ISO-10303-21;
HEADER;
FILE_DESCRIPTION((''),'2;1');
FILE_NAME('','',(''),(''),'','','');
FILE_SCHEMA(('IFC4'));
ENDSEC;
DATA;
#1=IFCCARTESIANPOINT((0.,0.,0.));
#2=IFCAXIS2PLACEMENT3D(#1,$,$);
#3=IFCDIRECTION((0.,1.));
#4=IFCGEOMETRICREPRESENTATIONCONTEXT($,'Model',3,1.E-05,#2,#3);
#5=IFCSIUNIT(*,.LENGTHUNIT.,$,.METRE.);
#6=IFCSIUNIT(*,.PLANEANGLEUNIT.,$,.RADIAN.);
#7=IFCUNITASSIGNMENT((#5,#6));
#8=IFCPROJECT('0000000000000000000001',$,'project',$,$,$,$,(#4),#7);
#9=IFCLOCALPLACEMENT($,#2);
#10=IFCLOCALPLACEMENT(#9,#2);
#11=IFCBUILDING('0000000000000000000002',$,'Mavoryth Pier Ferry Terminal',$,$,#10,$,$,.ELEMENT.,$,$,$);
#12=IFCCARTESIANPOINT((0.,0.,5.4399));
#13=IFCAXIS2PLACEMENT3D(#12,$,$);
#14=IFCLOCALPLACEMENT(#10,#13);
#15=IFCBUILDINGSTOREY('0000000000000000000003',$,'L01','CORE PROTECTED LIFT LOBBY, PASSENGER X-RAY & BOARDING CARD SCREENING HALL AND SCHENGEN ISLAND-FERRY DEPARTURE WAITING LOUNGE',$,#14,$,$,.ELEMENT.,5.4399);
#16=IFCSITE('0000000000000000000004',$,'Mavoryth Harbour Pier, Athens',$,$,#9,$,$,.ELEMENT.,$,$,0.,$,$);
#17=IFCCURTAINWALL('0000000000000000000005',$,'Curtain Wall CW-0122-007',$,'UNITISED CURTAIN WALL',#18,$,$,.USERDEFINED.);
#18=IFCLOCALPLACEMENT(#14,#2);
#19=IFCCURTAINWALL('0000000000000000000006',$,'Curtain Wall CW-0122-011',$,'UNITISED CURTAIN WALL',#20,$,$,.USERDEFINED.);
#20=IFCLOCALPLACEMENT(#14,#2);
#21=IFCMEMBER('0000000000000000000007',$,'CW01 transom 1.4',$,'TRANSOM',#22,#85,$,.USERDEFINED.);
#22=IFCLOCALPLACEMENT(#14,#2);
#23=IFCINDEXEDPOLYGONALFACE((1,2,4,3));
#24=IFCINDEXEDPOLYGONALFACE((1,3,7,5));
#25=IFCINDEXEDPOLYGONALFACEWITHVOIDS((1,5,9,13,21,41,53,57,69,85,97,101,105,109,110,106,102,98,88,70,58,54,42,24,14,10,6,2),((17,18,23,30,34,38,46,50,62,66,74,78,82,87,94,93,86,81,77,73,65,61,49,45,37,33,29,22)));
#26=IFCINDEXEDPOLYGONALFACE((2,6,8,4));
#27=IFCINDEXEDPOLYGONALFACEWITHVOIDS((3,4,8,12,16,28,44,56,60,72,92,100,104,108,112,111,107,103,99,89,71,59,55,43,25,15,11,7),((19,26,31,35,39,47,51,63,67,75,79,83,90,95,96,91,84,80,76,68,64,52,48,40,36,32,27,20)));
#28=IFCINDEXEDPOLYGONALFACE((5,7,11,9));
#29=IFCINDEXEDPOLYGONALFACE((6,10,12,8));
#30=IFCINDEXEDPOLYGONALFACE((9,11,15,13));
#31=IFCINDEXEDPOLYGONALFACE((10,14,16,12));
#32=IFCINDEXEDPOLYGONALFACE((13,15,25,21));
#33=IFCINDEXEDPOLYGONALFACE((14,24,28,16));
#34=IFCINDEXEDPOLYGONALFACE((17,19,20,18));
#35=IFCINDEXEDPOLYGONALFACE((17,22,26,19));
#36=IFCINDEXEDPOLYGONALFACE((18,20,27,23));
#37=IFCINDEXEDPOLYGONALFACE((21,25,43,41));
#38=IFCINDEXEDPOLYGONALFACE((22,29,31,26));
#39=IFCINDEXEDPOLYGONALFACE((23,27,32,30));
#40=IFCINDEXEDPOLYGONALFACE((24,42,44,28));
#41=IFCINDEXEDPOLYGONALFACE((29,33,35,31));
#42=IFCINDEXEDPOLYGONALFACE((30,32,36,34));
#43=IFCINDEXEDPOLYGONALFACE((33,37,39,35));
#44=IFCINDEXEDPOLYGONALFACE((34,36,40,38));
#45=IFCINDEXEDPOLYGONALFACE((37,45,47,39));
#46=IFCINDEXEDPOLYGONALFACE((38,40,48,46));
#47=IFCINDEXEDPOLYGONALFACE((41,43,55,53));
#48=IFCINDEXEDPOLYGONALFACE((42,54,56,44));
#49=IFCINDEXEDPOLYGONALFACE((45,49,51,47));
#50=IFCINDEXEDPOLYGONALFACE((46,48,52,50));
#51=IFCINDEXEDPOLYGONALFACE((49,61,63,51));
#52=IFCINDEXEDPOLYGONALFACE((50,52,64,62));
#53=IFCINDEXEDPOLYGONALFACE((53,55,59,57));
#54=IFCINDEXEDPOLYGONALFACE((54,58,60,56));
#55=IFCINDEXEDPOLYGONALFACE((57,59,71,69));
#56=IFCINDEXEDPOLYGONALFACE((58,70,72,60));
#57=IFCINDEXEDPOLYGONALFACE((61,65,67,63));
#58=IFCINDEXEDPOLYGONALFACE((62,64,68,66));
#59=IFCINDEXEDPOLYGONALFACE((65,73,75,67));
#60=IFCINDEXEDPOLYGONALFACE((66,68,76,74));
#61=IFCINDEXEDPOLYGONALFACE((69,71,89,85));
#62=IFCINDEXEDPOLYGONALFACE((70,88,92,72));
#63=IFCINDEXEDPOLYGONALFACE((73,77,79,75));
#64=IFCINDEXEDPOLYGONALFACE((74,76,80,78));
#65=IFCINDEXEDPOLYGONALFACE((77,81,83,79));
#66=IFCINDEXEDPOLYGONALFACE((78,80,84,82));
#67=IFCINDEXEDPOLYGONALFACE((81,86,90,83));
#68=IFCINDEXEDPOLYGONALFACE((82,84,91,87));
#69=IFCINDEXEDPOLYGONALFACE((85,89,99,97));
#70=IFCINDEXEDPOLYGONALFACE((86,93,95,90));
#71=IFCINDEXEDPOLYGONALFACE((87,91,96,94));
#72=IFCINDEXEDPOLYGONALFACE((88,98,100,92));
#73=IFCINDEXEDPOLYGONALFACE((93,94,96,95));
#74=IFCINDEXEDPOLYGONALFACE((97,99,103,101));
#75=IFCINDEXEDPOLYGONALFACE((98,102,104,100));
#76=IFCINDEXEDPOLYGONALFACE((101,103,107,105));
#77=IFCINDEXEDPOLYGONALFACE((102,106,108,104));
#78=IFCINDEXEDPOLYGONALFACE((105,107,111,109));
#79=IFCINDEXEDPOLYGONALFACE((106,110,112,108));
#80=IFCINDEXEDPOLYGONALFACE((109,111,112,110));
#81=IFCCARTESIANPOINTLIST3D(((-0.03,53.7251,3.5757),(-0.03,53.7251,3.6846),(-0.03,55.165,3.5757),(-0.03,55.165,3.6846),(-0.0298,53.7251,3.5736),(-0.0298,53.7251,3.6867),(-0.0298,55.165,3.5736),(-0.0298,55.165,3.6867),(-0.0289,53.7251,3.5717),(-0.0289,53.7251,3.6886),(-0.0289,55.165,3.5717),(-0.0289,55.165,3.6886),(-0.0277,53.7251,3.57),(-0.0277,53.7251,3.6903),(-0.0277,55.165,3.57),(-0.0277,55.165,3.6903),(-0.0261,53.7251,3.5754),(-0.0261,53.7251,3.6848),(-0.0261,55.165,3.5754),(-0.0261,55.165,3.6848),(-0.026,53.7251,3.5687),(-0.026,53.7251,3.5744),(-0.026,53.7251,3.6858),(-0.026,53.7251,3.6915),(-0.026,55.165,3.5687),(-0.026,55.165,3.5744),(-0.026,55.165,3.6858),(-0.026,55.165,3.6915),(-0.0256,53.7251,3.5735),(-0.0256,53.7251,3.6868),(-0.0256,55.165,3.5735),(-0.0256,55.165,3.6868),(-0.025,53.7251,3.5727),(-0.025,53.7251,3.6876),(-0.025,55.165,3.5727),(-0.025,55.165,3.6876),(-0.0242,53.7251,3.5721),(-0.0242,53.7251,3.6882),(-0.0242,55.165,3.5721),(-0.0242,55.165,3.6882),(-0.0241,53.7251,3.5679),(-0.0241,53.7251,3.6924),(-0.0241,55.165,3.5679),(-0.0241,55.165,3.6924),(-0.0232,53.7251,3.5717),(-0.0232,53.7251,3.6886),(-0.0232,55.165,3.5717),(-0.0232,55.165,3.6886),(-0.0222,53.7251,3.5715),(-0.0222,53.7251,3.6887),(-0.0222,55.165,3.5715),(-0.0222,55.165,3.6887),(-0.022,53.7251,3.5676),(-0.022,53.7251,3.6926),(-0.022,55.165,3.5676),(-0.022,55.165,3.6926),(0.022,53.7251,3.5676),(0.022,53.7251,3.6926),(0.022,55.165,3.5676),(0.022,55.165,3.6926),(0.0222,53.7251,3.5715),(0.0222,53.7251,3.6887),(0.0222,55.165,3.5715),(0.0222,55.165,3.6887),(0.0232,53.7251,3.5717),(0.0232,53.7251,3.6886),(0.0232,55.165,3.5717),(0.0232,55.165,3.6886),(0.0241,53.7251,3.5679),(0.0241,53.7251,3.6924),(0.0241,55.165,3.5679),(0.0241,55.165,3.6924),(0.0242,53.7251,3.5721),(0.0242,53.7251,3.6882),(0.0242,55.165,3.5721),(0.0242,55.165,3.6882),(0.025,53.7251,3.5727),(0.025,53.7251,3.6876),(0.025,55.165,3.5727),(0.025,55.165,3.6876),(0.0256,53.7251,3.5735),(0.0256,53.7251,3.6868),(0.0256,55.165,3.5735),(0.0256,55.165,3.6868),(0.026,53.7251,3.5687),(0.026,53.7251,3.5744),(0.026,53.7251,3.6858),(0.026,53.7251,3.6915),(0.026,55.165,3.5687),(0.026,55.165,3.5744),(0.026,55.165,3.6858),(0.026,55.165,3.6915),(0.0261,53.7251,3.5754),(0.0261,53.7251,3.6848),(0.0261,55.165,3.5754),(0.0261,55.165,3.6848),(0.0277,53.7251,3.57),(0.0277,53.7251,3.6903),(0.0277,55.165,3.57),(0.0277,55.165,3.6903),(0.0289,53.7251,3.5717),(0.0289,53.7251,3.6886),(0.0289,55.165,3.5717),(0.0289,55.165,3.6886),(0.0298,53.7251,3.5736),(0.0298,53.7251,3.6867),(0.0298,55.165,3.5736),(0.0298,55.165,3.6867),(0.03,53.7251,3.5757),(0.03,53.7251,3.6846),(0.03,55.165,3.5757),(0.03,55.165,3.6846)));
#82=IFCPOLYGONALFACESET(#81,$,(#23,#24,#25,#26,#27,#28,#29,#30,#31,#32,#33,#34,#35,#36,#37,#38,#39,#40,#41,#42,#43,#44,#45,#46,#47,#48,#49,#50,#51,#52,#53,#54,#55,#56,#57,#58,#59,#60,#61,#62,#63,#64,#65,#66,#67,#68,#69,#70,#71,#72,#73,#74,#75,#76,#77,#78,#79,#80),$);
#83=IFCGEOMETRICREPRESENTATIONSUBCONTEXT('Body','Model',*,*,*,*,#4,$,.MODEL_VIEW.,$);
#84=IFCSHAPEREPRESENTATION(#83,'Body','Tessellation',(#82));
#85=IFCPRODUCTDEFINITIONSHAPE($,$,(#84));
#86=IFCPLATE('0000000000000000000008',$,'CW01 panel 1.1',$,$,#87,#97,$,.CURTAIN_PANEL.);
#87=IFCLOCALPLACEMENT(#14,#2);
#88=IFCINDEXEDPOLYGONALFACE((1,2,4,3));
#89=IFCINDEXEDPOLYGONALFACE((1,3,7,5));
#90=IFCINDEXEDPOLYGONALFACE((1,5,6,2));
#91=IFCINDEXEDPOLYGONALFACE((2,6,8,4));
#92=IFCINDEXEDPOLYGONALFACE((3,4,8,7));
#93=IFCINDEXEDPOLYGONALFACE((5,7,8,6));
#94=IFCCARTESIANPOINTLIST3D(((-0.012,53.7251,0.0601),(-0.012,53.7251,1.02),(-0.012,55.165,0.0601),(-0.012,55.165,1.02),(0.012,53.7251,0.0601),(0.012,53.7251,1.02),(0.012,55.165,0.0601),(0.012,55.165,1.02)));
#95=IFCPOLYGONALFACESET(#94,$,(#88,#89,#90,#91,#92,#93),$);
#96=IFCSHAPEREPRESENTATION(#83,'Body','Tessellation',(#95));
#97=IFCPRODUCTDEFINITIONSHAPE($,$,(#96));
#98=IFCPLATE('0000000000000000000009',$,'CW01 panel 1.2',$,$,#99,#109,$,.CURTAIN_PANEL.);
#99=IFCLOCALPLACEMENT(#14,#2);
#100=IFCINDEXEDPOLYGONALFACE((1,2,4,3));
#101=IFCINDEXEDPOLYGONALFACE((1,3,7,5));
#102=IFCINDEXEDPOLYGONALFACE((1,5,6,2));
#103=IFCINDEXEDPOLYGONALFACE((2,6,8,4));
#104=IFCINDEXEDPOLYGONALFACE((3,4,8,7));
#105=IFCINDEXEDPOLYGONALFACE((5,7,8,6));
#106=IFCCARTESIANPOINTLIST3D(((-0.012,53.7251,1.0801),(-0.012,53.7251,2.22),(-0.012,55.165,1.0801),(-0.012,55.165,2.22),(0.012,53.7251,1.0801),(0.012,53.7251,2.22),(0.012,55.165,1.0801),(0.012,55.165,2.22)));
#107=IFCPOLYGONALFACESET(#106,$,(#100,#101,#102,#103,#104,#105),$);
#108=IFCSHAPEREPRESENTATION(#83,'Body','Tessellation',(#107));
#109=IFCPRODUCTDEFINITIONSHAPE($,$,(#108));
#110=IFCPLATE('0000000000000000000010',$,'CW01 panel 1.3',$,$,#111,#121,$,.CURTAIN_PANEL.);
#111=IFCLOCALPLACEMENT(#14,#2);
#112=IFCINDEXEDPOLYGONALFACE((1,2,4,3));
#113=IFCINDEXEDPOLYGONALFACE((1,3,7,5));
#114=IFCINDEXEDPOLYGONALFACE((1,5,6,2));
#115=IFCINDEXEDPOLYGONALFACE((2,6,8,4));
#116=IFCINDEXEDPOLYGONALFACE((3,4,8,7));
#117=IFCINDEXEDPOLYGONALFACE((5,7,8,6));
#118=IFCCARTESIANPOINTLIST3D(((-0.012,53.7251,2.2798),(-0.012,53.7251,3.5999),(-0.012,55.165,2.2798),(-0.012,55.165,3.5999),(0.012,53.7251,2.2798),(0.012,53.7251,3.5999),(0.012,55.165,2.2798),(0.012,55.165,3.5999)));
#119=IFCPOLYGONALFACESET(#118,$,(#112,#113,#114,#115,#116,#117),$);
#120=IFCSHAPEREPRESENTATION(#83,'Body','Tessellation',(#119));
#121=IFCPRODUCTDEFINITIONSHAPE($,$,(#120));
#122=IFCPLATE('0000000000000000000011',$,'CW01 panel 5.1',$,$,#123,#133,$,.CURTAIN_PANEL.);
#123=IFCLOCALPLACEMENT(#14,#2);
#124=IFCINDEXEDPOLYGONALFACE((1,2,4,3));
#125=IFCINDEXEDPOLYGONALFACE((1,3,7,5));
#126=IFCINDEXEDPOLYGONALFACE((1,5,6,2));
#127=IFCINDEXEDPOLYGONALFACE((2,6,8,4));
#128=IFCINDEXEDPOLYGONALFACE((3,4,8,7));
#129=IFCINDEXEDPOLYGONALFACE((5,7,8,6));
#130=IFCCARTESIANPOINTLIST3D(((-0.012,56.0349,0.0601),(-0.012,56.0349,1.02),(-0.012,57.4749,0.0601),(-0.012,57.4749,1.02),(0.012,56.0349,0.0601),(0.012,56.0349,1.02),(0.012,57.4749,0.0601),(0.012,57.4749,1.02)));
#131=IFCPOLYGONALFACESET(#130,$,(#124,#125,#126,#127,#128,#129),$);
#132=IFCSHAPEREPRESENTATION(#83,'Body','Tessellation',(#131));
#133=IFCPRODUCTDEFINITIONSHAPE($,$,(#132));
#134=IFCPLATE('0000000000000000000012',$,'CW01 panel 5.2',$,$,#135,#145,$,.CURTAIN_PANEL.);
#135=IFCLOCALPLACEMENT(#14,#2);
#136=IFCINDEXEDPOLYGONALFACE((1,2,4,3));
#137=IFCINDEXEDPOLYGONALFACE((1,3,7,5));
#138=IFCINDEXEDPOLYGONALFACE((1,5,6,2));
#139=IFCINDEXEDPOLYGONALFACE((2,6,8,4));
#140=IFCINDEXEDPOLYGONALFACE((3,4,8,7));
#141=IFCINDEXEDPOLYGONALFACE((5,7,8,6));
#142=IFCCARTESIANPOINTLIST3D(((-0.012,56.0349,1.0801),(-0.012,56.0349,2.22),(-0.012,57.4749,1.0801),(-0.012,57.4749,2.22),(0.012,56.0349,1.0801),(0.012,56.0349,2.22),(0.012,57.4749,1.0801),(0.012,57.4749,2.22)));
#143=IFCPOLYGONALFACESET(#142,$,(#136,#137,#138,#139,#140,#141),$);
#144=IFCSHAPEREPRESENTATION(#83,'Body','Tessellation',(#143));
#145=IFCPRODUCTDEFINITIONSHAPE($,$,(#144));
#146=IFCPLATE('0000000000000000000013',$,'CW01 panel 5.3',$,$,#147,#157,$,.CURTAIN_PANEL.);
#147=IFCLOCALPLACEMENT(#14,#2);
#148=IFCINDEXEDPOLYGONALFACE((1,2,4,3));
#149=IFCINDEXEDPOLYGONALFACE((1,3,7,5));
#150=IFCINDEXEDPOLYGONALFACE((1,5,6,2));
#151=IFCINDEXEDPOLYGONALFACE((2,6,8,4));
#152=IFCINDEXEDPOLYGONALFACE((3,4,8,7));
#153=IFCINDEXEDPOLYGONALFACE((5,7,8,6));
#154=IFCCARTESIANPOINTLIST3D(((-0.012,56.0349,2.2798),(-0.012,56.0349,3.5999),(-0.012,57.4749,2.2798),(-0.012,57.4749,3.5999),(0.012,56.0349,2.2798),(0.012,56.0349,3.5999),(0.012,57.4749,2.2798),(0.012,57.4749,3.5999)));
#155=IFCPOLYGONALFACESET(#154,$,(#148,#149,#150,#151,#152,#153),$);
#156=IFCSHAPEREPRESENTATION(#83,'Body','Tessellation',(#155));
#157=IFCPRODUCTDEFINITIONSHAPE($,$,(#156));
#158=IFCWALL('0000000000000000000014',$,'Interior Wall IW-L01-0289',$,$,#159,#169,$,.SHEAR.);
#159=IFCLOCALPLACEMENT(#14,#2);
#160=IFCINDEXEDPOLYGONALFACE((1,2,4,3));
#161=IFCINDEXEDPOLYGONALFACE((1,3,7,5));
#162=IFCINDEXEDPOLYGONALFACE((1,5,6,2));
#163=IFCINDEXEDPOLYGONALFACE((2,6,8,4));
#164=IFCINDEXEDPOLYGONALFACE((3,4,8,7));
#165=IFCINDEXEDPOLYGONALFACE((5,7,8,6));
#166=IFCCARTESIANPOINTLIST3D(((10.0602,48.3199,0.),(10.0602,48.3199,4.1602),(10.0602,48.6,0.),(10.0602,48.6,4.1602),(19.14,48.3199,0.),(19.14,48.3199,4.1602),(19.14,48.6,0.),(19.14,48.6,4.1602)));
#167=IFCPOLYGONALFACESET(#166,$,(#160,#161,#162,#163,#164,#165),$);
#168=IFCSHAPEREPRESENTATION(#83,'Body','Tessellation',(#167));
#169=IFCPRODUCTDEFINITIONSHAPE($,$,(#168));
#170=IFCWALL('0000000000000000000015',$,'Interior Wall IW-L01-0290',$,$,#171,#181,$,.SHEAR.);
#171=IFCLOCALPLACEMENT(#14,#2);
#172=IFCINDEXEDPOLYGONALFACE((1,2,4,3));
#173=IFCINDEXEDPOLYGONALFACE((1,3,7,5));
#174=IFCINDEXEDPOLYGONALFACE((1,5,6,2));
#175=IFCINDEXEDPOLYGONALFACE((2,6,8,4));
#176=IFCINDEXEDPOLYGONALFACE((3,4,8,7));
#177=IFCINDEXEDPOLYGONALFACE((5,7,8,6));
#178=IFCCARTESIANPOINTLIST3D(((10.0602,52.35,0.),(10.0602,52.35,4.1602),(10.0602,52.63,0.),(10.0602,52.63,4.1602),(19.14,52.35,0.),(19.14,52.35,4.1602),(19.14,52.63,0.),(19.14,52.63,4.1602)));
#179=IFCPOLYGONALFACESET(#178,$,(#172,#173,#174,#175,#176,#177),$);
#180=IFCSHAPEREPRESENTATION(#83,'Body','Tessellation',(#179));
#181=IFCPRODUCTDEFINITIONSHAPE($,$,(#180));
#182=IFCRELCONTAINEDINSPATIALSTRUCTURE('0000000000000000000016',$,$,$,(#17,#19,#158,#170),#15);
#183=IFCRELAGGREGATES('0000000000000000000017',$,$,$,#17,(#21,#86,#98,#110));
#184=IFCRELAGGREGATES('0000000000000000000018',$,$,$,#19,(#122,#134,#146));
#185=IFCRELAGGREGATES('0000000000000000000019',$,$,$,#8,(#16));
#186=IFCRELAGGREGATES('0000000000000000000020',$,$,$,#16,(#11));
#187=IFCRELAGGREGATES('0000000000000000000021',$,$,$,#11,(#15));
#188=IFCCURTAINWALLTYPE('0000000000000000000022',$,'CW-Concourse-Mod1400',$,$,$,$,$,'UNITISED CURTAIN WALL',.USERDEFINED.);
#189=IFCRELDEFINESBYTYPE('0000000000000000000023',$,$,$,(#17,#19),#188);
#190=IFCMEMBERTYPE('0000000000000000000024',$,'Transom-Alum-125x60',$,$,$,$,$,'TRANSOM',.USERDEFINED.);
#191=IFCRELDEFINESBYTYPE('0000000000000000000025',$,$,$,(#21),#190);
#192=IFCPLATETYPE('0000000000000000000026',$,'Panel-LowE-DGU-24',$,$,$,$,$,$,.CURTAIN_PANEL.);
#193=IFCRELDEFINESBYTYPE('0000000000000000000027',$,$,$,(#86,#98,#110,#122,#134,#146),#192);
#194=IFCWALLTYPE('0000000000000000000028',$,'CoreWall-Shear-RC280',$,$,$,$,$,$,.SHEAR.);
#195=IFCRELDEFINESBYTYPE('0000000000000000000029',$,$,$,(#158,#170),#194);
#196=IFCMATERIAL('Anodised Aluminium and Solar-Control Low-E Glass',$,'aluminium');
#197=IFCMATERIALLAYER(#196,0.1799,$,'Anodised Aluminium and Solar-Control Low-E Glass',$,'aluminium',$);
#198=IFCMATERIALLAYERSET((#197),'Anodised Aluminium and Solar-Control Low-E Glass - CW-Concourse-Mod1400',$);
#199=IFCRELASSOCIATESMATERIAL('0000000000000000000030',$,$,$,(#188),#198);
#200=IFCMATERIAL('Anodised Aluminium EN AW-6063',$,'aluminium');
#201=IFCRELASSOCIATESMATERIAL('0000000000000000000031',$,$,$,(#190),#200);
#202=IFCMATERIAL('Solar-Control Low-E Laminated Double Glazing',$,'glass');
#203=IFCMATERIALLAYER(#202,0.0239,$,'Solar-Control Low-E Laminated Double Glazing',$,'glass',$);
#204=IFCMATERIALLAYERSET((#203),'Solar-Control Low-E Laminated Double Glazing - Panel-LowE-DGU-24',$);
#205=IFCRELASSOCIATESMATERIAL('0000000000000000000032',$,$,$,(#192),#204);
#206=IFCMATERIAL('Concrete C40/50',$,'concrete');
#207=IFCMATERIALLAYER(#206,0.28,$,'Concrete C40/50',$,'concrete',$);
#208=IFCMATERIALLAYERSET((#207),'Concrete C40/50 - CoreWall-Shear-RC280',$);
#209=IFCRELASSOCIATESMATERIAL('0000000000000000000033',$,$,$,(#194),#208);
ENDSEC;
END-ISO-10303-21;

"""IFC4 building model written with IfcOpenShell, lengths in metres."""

from ifc_helpers import new_model, si_unit, direction, frame, frame_2d, origin, origin_2d, place, context, subcontext, project, spatial, rectangle, hollow_rectangle, extrude, material, layer, layer_set, material_profile, profile_set, type_object, element, aggregate, save


model = new_model("IFC4")

# Units and contexts
model_context = context("Model", 3, precision=1e-05, world=origin(), true_north=direction((0.0, 1.0)))
body_context = subcontext(model_context, "Body", "Model", "MODEL_VIEW")
ifc_project = project(units=[si_unit("LENGTHUNIT", "METRE"), si_unit("PLANEANGLEUNIT", "RADIAN")], contexts=[model_context])

# Site, building, storey
site_placement = place(None, origin())
site = spatial("IfcSite", under=ifc_project, at=site_placement, Name="Mavoryth Harbour Pier, Athens", CompositionType="ELEMENT", RefElevation=0.0)
building_placement = place(site_placement, origin())
building = spatial("IfcBuilding", under=site, at=building_placement, Name="Mavoryth Pier Ferry Terminal", CompositionType="ELEMENT")
storey_placement = place(building_placement, frame((0.0, 0.0, 5.4399)))
storey = spatial("IfcBuildingStorey", under=building, at=storey_placement, Name="L01", Description="CORE PROTECTED LIFT LOBBY, PASSENGER X-RAY & BOARDING CARD SCREENING HALL AND SCHENGEN ISLAND-FERRY DEPARTURE WAITING LOUNGE", CompositionType="ELEMENT", Elevation=5.4399)

# Shared definitions
ifc_material_1 = material(Name="Concrete C40/50", Category="concrete")

# Curtain walls
ifc_material_2 = material(Name="Anodised Aluminium and Solar-Control Low-E Glass", Category="aluminium")
ifc_layer_1 = layer(ifc_material_2, 0.1799, Name="Anodised Aluminium and Solar-Control Low-E Glass", Category="aluminium")
ifc_layer_set_1 = layer_set([ifc_layer_1], Name="Anodised Aluminium and Solar-Control Low-E Glass - CW-Concourse-Mod1400")
curtain_wall_type = type_object("IfcCurtainWallType", Name="CW-Concourse-Mod1400", ElementType="UNITISED CURTAIN WALL", PredefinedType="USERDEFINED", material=ifc_layer_set_1)
curtain_wall_1_placement = place(storey_placement, origin())
curtain_wall_1 = element("IfcCurtainWall", 1, at=curtain_wall_1_placement, inside=storey, type_object=curtain_wall_type, Name="Curtain Wall CW-0122-007", ObjectType="UNITISED CURTAIN WALL", PredefinedType="USERDEFINED")
ifc_material_3 = material(Name="Anodised Aluminium EN AW-6063", Category="aluminium")
curtain_wall_2_placement = place(storey_placement, origin())
curtain_wall_2 = element("IfcCurtainWall", 2, at=curtain_wall_2_placement, inside=storey, type_object=curtain_wall_type, Name="Curtain Wall CW-0122-011", ObjectType="UNITISED CURTAIN WALL", PredefinedType="USERDEFINED")

# Member
ifc_material_profile_1 = material_profile(ifc_material_3, hollow_rectangle(XDim=0.0601, YDim=0.125, WallThickness=0.0039, InnerFilletRadius=0.0039, OuterFilletRadius=0.0081, at=origin_2d()), Name="AL-TRAN 125x60x4", Category="aluminium")
ifc_profile_set_1 = profile_set([ifc_material_profile_1], Name="Anodised Aluminium EN AW-6063 - AL-TRAN 125x60x4")
member_type_1 = type_object("IfcMemberType", Name="Transom-Alum-125x60", ElementType="TRANSOM", PredefinedType="USERDEFINED", material=ifc_profile_set_1)
member_1_placement = place(storey_placement, frame((0.0, 55.165, 3.6301), z_axis=(0.0, -1.0, 0.0), x_axis=(1.0, 0.0, 0.0)))
member_1 = element("IfcMember", 3, at=member_1_placement, type_object=member_type_1, Name="CW01 transom 1.4", ObjectType="TRANSOM", PredefinedType="USERDEFINED", context=body_context, shape_type="SweptSolid", body=[
    extrude(hollow_rectangle(XDim=0.0601, YDim=0.125, WallThickness=0.0039, InnerFilletRadius=0.0039, OuterFilletRadius=0.0081, at=origin_2d()), origin(), (0.0, 0.0, 1.0), 1.4399),
])

# Plates
ifc_material_4 = material(Name="Solar-Control Low-E Laminated Double Glazing", Category="glass")
ifc_layer_2 = layer(ifc_material_4, 0.0239, Name="Solar-Control Low-E Laminated Double Glazing", Category="glass")
ifc_layer_set_2 = layer_set([ifc_layer_2], Name="Solar-Control Low-E Laminated Double Glazing - Panel-LowE-DGU-24")
plate_type = type_object("IfcPlateType", Name="Panel-LowE-DGU-24", PredefinedType="CURTAIN_PANEL", material=ifc_layer_set_2)
plate_1_placement = place(storey_placement, frame((0.0, 54.4451, 0.0601), z_axis=(0.0, 0.0, 1.0), x_axis=(0.0, -1.0, 0.0)))
plate_1 = element("IfcPlate", 4, at=plate_1_placement, type_object=plate_type, Name="CW01 panel 1.1", PredefinedType="CURTAIN_PANEL", context=body_context, shape_type="SweptSolid", body=[
    extrude(rectangle(XDim=1.4399, YDim=0.0239, at=origin_2d()), origin(), (0.0, 0.0, 1.0), 0.96),
])
plate_2_placement = place(storey_placement, frame((0.0, 54.4451, 1.0801), z_axis=(0.0, 0.0, 1.0), x_axis=(0.0, -1.0, 0.0)))
plate_2 = element("IfcPlate", 5, at=plate_2_placement, type_object=plate_type, Name="CW01 panel 1.2", PredefinedType="CURTAIN_PANEL", context=body_context, shape_type="SweptSolid", body=[
    extrude(rectangle(XDim=1.4399, YDim=0.0239, at=origin_2d()), origin(), (0.0, 0.0, 1.0), 1.1399),
])
plate_3_placement = place(storey_placement, frame((0.0, 54.4451, 2.2798), z_axis=(0.0, 0.0, 1.0), x_axis=(0.0, -1.0, 0.0)))
plate_3 = element("IfcPlate", 6, at=plate_3_placement, type_object=plate_type, Name="CW01 panel 1.3", PredefinedType="CURTAIN_PANEL", context=body_context, shape_type="SweptSolid", body=[
    extrude(rectangle(XDim=1.4399, YDim=0.0239, at=origin_2d()), origin(), (0.0, 0.0, 1.0), 1.3201),
])
aggregate(curtain_wall_1, [member_1, plate_1, plate_2, plate_3])
plate_4_placement = place(storey_placement, frame((0.0, 56.7549, 0.0601), z_axis=(0.0, 0.0, 1.0), x_axis=(0.0, -1.0, 0.0)))
plate_4 = element("IfcPlate", 7, at=plate_4_placement, type_object=plate_type, Name="CW01 panel 5.1", PredefinedType="CURTAIN_PANEL", context=body_context, shape_type="SweptSolid", body=[
    extrude(rectangle(XDim=1.4399, YDim=0.0239, at=origin_2d()), origin(), (0.0, 0.0, 1.0), 0.96),
])
plate_5_placement = place(storey_placement, frame((0.0, 56.7549, 1.0801), z_axis=(0.0, 0.0, 1.0), x_axis=(0.0, -1.0, 0.0)))
plate_5 = element("IfcPlate", 8, at=plate_5_placement, type_object=plate_type, Name="CW01 panel 5.2", PredefinedType="CURTAIN_PANEL", context=body_context, shape_type="SweptSolid", body=[
    extrude(rectangle(XDim=1.4399, YDim=0.0239, at=origin_2d()), origin(), (0.0, 0.0, 1.0), 1.1399),
])
plate_6_placement = place(storey_placement, frame((0.0, 56.7549, 2.2798), z_axis=(0.0, 0.0, 1.0), x_axis=(0.0, -1.0, 0.0)))
plate_6 = element("IfcPlate", 9, at=plate_6_placement, type_object=plate_type, Name="CW01 panel 5.3", PredefinedType="CURTAIN_PANEL", context=body_context, shape_type="SweptSolid", body=[
    extrude(rectangle(XDim=1.4399, YDim=0.0239, at=origin_2d()), origin(), (0.0, 0.0, 1.0), 1.3201),
])
aggregate(curtain_wall_2, [plate_4, plate_5, plate_6])

# Walls
ifc_layer_3 = layer(ifc_material_1, 0.28, Name="Concrete C40/50", Category="concrete")
ifc_layer_set_3 = layer_set([ifc_layer_3], Name="Concrete C40/50 - CoreWall-Shear-RC280")
wall_type_1 = type_object("IfcWallType", Name="CoreWall-Shear-RC280", PredefinedType="SHEAR", material=ifc_layer_set_3)
for number, where, z_axis, x_axis, name in (
    (10, (10.0601, 48.46, 0.0), (0.0, 0.0, 1.0), (1.0, 0.0, 0.0), "Interior Wall IW-L01-0289"),
    (11, (10.0601, 52.49, 0.0), (0.0, 0.0, 1.0), (1.0, 0.0, 0.0), "Interior Wall IW-L01-0290"),
):
    element("IfcWall", number, at=place(storey_placement, frame(where, z_axis=z_axis, x_axis=x_axis)), inside=storey, type_object=wall_type_1, Name=name, PredefinedType="SHEAR", context=body_context, shape_type="SweptSolid", body=[
        extrude(rectangle(XDim=9.0798, YDim=0.28, at=frame_2d((4.54, 0.0))), origin(), (0.0, 0.0, 1.0), 4.1602),
    ])

save(model, "model.ifc")
